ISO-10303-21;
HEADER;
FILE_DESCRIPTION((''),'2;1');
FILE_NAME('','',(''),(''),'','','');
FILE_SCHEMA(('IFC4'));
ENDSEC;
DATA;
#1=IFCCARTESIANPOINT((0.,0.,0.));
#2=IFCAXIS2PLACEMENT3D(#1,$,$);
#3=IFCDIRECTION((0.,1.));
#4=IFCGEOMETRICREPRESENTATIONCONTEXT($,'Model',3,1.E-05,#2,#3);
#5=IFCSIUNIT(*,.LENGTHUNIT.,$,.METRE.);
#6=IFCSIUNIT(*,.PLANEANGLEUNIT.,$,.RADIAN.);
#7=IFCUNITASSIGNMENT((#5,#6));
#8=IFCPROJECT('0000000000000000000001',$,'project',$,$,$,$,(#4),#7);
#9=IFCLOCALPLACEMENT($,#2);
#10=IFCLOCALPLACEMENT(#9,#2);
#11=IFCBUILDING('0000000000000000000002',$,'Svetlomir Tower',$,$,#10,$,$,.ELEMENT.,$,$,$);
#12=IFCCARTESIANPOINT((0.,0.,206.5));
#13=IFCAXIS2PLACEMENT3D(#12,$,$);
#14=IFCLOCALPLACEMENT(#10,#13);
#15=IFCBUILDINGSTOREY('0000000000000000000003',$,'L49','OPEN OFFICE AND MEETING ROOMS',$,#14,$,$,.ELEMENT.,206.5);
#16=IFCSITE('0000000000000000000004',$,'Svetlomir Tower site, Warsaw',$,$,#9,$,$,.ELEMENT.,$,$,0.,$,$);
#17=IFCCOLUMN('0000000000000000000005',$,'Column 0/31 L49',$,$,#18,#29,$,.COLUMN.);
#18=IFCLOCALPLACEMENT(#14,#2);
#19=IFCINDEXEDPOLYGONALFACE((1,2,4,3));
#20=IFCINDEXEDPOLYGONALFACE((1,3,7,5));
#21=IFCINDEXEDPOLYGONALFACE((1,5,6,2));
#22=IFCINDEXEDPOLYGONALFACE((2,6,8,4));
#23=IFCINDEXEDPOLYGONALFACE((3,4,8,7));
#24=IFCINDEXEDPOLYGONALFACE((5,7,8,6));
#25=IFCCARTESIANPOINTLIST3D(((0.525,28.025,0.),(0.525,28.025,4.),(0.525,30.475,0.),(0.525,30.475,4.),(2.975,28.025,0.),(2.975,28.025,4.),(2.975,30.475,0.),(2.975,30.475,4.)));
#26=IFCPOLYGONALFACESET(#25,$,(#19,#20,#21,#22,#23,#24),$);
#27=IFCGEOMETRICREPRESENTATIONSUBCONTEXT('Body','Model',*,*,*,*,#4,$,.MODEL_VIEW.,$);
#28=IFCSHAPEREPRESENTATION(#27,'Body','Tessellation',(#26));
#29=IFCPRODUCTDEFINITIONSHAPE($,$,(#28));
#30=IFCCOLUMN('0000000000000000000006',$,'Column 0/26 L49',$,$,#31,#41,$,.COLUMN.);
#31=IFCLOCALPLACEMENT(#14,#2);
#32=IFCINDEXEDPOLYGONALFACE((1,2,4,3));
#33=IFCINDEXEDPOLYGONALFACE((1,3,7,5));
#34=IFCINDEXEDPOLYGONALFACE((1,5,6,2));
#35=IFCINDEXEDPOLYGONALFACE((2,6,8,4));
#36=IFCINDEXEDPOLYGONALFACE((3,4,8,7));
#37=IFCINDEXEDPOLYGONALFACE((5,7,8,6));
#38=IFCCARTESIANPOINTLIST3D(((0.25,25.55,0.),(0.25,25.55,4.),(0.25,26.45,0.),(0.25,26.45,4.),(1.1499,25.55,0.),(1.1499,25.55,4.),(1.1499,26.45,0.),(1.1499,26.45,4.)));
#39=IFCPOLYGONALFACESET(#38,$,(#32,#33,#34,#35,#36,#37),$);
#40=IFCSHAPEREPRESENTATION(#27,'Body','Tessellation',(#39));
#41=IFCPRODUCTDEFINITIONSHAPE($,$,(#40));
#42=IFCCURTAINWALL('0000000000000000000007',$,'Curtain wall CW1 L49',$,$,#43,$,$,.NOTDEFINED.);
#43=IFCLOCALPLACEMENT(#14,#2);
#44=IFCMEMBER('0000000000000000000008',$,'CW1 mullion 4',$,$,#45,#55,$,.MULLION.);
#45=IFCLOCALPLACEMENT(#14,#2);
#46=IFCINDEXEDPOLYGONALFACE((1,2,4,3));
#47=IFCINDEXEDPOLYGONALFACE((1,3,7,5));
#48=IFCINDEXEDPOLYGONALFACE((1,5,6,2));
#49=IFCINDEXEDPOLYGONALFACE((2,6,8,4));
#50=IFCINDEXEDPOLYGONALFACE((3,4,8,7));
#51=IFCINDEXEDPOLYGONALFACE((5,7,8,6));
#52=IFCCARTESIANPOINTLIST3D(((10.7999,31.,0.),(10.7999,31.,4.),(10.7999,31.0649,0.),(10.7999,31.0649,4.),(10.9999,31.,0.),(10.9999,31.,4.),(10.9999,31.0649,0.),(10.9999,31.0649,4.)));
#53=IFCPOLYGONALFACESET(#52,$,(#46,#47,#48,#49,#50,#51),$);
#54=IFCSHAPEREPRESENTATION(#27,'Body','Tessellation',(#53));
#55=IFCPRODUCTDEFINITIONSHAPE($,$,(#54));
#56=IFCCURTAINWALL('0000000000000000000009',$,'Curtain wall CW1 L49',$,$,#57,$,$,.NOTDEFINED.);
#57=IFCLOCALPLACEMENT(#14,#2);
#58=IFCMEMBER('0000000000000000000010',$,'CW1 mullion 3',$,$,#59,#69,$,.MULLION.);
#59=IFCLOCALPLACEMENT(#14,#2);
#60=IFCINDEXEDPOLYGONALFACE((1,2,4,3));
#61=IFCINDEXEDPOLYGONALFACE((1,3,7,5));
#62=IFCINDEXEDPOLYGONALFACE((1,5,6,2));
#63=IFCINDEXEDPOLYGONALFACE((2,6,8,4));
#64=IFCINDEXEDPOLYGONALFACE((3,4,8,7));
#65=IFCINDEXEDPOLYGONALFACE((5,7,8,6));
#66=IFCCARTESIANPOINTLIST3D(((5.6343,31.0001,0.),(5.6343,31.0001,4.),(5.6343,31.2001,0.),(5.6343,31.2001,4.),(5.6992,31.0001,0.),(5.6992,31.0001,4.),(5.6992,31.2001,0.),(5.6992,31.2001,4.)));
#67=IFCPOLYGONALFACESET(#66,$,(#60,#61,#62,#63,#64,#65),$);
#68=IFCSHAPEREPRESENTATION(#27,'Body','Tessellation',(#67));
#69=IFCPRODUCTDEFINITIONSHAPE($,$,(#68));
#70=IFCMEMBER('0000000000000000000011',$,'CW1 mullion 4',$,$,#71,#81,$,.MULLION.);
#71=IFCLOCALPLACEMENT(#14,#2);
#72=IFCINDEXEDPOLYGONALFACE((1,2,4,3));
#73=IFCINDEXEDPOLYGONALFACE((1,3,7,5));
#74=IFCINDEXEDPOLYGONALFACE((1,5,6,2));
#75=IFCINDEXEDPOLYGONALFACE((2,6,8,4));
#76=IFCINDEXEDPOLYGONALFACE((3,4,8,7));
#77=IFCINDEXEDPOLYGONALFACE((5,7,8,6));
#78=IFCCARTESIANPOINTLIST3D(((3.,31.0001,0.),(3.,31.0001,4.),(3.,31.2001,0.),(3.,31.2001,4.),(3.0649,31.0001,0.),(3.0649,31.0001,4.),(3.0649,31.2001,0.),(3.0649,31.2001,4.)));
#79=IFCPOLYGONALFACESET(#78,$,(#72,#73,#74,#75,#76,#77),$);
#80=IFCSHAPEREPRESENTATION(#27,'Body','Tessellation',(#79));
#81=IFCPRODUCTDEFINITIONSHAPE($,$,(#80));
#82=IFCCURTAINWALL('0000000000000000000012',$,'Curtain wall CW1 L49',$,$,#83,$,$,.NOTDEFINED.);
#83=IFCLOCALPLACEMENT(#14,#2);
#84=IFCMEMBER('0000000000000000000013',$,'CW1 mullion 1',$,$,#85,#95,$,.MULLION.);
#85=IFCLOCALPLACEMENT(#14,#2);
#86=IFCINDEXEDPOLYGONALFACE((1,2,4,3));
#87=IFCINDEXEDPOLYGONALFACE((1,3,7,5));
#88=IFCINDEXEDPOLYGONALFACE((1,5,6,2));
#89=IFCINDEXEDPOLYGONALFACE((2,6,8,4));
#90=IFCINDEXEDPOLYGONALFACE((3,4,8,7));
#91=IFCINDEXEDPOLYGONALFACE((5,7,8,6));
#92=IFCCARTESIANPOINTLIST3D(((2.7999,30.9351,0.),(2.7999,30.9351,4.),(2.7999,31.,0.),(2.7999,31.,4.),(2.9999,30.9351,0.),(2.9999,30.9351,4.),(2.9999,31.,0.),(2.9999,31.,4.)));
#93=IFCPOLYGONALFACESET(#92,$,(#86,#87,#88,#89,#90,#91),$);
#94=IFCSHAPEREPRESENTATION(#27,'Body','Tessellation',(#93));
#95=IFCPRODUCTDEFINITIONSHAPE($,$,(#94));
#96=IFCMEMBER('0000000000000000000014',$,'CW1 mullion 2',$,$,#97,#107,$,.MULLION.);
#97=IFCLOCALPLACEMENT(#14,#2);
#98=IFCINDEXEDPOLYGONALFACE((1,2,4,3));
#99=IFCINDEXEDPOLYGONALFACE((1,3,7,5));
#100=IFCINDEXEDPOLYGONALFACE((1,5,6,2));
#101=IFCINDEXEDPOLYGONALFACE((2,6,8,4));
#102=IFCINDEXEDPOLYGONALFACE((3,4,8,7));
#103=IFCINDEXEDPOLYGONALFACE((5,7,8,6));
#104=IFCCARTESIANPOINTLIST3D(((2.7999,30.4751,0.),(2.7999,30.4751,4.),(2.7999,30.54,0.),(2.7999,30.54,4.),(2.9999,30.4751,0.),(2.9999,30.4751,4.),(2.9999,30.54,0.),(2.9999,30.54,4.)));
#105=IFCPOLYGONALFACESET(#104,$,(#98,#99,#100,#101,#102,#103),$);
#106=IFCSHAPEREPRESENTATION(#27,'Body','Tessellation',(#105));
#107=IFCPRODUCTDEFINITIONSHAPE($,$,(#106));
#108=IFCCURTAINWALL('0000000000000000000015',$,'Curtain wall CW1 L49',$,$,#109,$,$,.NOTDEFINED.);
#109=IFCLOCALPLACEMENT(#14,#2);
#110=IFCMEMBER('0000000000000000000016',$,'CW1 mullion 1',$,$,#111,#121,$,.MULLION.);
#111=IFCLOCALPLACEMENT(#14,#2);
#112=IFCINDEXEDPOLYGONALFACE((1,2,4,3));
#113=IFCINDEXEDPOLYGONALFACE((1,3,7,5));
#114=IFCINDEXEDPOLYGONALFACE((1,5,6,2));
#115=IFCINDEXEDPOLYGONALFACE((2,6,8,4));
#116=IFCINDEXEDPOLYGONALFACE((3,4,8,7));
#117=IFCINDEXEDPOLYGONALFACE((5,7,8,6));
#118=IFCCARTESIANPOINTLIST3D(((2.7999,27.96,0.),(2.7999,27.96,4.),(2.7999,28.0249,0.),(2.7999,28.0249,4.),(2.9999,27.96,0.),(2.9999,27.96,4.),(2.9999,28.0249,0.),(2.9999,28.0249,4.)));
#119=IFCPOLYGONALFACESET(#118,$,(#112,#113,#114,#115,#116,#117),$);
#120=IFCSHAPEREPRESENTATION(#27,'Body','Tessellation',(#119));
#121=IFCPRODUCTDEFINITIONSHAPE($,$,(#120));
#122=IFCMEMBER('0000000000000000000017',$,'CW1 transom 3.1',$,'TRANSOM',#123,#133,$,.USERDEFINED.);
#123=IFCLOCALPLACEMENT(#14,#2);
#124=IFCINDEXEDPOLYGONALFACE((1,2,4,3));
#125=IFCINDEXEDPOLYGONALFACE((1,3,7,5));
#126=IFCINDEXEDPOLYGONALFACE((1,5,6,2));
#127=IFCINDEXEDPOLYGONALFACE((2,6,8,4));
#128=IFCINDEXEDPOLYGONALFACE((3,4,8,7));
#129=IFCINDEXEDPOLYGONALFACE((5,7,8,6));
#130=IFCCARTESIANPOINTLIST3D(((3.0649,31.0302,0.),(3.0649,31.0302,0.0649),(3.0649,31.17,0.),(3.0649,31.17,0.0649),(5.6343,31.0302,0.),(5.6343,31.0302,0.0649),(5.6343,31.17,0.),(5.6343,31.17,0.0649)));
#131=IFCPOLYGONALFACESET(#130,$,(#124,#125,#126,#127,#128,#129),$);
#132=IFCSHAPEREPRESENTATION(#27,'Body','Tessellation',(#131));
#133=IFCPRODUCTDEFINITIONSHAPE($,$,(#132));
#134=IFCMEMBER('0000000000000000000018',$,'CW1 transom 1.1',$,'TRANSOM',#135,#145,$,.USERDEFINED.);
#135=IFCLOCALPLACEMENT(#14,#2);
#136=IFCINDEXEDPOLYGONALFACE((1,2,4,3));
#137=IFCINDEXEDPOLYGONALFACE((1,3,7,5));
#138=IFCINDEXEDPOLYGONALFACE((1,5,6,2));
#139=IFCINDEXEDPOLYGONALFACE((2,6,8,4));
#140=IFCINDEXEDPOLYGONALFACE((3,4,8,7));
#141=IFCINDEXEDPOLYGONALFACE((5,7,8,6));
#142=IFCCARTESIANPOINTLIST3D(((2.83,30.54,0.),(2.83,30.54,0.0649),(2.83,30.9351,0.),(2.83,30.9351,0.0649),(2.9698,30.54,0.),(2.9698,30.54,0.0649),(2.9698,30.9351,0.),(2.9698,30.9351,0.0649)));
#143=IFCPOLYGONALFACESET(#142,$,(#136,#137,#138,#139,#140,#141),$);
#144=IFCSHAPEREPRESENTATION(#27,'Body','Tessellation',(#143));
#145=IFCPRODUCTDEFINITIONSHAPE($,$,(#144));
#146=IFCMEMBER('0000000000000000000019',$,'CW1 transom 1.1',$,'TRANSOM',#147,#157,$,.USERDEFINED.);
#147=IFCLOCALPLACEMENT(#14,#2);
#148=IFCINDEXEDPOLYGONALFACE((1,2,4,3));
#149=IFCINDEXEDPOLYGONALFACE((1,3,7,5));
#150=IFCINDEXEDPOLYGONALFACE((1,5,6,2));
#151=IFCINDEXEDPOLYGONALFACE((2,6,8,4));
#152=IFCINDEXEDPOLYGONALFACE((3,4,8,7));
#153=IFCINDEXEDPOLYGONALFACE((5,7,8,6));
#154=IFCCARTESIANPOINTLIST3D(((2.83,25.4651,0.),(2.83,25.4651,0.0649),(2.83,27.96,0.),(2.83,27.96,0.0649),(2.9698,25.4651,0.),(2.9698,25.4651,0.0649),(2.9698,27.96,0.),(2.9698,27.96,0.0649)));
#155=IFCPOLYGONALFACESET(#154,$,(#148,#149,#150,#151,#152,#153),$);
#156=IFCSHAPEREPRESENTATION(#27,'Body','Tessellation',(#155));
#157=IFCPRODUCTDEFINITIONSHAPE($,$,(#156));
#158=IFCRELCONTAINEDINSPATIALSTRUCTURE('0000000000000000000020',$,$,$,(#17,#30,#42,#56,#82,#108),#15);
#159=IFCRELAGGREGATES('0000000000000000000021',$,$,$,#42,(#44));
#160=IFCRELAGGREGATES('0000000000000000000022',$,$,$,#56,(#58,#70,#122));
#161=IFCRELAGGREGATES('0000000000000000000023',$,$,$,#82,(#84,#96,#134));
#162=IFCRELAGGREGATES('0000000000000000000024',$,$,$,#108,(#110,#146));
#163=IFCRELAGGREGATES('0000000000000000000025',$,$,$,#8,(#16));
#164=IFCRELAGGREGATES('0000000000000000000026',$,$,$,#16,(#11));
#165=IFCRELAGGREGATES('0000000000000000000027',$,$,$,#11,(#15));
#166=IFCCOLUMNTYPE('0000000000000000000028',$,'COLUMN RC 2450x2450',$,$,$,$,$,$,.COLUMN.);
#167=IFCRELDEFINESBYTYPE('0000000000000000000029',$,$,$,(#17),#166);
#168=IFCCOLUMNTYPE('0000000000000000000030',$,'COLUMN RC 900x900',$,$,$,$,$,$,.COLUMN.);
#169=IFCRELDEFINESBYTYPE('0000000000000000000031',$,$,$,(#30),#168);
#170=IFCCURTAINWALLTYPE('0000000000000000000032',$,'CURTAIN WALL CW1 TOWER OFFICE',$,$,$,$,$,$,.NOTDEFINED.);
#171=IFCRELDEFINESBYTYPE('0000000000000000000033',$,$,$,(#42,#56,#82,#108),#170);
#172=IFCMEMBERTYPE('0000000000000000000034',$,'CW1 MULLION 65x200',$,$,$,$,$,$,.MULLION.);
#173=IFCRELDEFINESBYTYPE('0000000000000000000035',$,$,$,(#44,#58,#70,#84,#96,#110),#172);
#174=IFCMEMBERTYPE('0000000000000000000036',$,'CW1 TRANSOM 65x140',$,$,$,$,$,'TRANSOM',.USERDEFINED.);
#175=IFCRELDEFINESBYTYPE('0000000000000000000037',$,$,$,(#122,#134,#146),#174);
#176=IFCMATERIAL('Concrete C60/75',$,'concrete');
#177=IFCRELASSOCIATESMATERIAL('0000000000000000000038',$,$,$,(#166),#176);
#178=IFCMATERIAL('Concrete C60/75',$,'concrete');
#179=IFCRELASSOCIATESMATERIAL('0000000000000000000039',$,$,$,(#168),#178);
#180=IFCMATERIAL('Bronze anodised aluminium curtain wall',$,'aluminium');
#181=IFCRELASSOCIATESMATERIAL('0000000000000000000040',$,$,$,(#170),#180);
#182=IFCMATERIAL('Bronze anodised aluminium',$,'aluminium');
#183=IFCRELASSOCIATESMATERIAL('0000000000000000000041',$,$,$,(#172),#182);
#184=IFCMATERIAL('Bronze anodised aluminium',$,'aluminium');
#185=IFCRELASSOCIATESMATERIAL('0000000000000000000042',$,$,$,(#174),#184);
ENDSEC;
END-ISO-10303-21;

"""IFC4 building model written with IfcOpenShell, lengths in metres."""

from ifc_helpers import new_model, si_unit, direction, frame, origin, origin_2d, place, context, subcontext, project, spatial, rectangle, extrude, material, material_profile, profile_set, type_object, element, aggregate, save


model = new_model("IFC4")

# Units and contexts
model_context = context("Model", 3, precision=1e-05, world=origin(), true_north=direction((0.0, 1.0)))
body_context = subcontext(model_context, "Body", "Model", "MODEL_VIEW")
ifc_project = project(units=[si_unit("LENGTHUNIT", "METRE"), si_unit("PLANEANGLEUNIT", "RADIAN")], contexts=[model_context])

# Site, building, storey
site_placement = place(None, origin())
site = spatial("IfcSite", under=ifc_project, at=site_placement, Name="Svetlomir Tower site, Warsaw", CompositionType="ELEMENT", RefElevation=0.0)
building_placement = place(site_placement, origin())
building = spatial("IfcBuilding", under=site, at=building_placement, Name="Svetlomir Tower", CompositionType="ELEMENT")
storey_placement = place(building_placement, frame((0.0, 0.0, 206.5)))
storey = spatial("IfcBuildingStorey", under=building, at=storey_placement, Name="L49", Description="OPEN OFFICE AND MEETING ROOMS", CompositionType="ELEMENT", Elevation=206.5)

# Columns
ifc_material_1 = material(Name="Concrete C60/75", Category="concrete")
ifc_material_profile_1 = material_profile(ifc_material_1, rectangle(XDim=2.45, YDim=2.45, at=origin_2d()), Name="RC 2450x2450")
ifc_profile_set_1 = profile_set([ifc_material_profile_1], Name="Concrete C60/75")
column_type_1 = type_object("IfcColumnType", Name="COLUMN RC 2450x2450", PredefinedType="COLUMN", material=ifc_profile_set_1)
column_1_placement = place(storey_placement, frame((1.75, 29.25, 0.0), z_axis=(0.0, 0.0, 1.0), x_axis=(1.0, 0.0, 0.0)))
element("IfcColumn", 1, at=column_1_placement, inside=storey, type_object=column_type_1, Name="Column 0/31 L49", PredefinedType="COLUMN", context=body_context, shape_type="SweptSolid", body=[
    extrude(rectangle(XDim=2.45, YDim=2.45, at=origin_2d()), origin(), (0.0, 0.0, 1.0), 4.0),
])
ifc_material_2 = material(Name="Concrete C60/75", Category="concrete")
ifc_material_profile_2 = material_profile(ifc_material_2, rectangle(XDim=0.8999, YDim=0.8999, at=origin_2d()), Name="RC 900x900")
ifc_profile_set_2 = profile_set([ifc_material_profile_2], Name="Concrete C60/75")
column_type_2 = type_object("IfcColumnType", Name="COLUMN RC 900x900", PredefinedType="COLUMN", material=ifc_profile_set_2)
column_2_placement = place(storey_placement, frame((0.7, 26.0, 0.0), z_axis=(0.0, 0.0, 1.0), x_axis=(1.0, 0.0, 0.0)))
element("IfcColumn", 2, at=column_2_placement, inside=storey, type_object=column_type_2, Name="Column 0/26 L49", PredefinedType="COLUMN", context=body_context, shape_type="SweptSolid", body=[
    extrude(rectangle(XDim=0.8999, YDim=0.8999, at=origin_2d()), origin(), (0.0, 0.0, 1.0), 4.0),
])

# Curtain wall, member
ifc_material_3 = material(Name="Bronze anodised aluminium curtain wall", Category="aluminium")
curtain_wall_type = type_object("IfcCurtainWallType", Name="CURTAIN WALL CW1 TOWER OFFICE", PredefinedType="NOTDEFINED", material=ifc_material_3)
curtain_wall_1_placement = place(storey_placement, origin())
curtain_wall_1 = element("IfcCurtainWall", 3, at=curtain_wall_1_placement, inside=storey, type_object=curtain_wall_type, Name="Curtain wall CW1 L49", PredefinedType="NOTDEFINED")
ifc_material_4 = material(Name="Bronze anodised aluminium", Category="aluminium")
ifc_material_profile_3 = material_profile(ifc_material_4, rectangle(XDim=0.0649, YDim=0.2, at=origin_2d()), Name="AL 65x200")
ifc_profile_set_3 = profile_set([ifc_material_profile_3], Name="Bronze anodised aluminium 6063-T6")
member_type_1 = type_object("IfcMemberType", Name="CW1 MULLION 65x200", PredefinedType="MULLION", material=ifc_profile_set_3)
member_1_placement = place(storey_placement, frame((10.8999, 31.0325, 0.0), z_axis=(0.0, 0.0, 1.0), x_axis=(0.0, -1.0, 0.0)))
member_1 = element("IfcMember", 4, at=member_1_placement, type_object=member_type_1, Name="CW1 mullion 4", PredefinedType="MULLION", context=body_context, shape_type="SweptSolid", body=[
    extrude(rectangle(XDim=0.0649, YDim=0.2, at=origin_2d()), origin(), (0.0, 0.0, 1.0), 4.0),
])
aggregate(curtain_wall_1, [member_1])

# Curtain walls, members
curtain_wall_2_placement = place(storey_placement, origin())
curtain_wall_2 = element("IfcCurtainWall", 5, at=curtain_wall_2_placement, inside=storey, type_object=curtain_wall_type, Name="Curtain wall CW1 L49", PredefinedType="NOTDEFINED")
member_2_placement = place(storey_placement, frame((5.6667, 31.1001, 0.0), z_axis=(0.0, 0.0, 1.0), x_axis=(-1.0, 0.0, 0.0)))
member_2 = element("IfcMember", 6, at=member_2_placement, type_object=member_type_1, Name="CW1 mullion 3", PredefinedType="MULLION", context=body_context, shape_type="SweptSolid", body=[
    extrude(rectangle(XDim=0.0649, YDim=0.2, at=origin_2d()), origin(), (0.0, 0.0, 1.0), 4.0),
])
member_3_placement = place(storey_placement, frame((3.0325, 31.1001, 0.0), z_axis=(0.0, 0.0, 1.0), x_axis=(-1.0, 0.0, 0.0)))
member_3 = element("IfcMember", 7, at=member_3_placement, type_object=member_type_1, Name="CW1 mullion 4", PredefinedType="MULLION", context=body_context, shape_type="SweptSolid", body=[
    extrude(rectangle(XDim=0.0649, YDim=0.2, at=origin_2d()), origin(), (0.0, 0.0, 1.0), 4.0),
])
curtain_wall_3_placement = place(storey_placement, origin())
curtain_wall_3 = element("IfcCurtainWall", 8, at=curtain_wall_3_placement, inside=storey, type_object=curtain_wall_type, Name="Curtain wall CW1 L49", PredefinedType="NOTDEFINED")
member_4_placement = place(storey_placement, frame((2.8999, 30.9675, 0.0), z_axis=(0.0, 0.0, 1.0), x_axis=(0.0, -1.0, 0.0)))
member_4 = element("IfcMember", 9, at=member_4_placement, type_object=member_type_1, Name="CW1 mullion 1", PredefinedType="MULLION", context=body_context, shape_type="SweptSolid", body=[
    extrude(rectangle(XDim=0.0649, YDim=0.2, at=origin_2d()), origin(), (0.0, 0.0, 1.0), 4.0),
])
member_5_placement = place(storey_placement, frame((2.8999, 30.5076, 0.0), z_axis=(0.0, 0.0, 1.0), x_axis=(0.0, -1.0, 0.0)))
member_5 = element("IfcMember", 10, at=member_5_placement, type_object=member_type_1, Name="CW1 mullion 2", PredefinedType="MULLION", context=body_context, shape_type="SweptSolid", body=[
    extrude(rectangle(XDim=0.0649, YDim=0.2, at=origin_2d()), origin(), (0.0, 0.0, 1.0), 4.0),
])

# Curtain wall, member
curtain_wall_4_placement = place(storey_placement, origin())
curtain_wall_4 = element("IfcCurtainWall", 11, at=curtain_wall_4_placement, inside=storey, type_object=curtain_wall_type, Name="Curtain wall CW1 L49", PredefinedType="NOTDEFINED")
member_6_placement = place(storey_placement, frame((2.8999, 27.9924, 0.0), z_axis=(0.0, 0.0, 1.0), x_axis=(0.0, -1.0, 0.0)))
member_6 = element("IfcMember", 12, at=member_6_placement, type_object=member_type_1, Name="CW1 mullion 1", PredefinedType="MULLION", context=body_context, shape_type="SweptSolid", body=[
    extrude(rectangle(XDim=0.0649, YDim=0.2, at=origin_2d()), origin(), (0.0, 0.0, 1.0), 4.0),
])

# Members
ifc_material_5 = material(Name="Bronze anodised aluminium", Category="aluminium")
ifc_material_profile_4 = material_profile(ifc_material_5, rectangle(XDim=0.1399, YDim=0.0649, at=origin_2d()), Name="AL 140x65")
ifc_profile_set_4 = profile_set([ifc_material_profile_4], Name="Bronze anodised aluminium 6063-T6")
member_type_2 = type_object("IfcMemberType", Name="CW1 TRANSOM 65x140", ElementType="TRANSOM", PredefinedType="USERDEFINED", material=ifc_profile_set_4)
member_7_placement = place(storey_placement, frame((5.6343, 31.1001, 0.0325), z_axis=(-1.0, 0.0, 0.0), x_axis=(0.0, -1.0, 0.0)))
member_7 = element("IfcMember", 13, at=member_7_placement, type_object=member_type_2, Name="CW1 transom 3.1", ObjectType="TRANSOM", PredefinedType="USERDEFINED", context=body_context, shape_type="SweptSolid", body=[
    extrude(rectangle(XDim=0.1399, YDim=0.0649, at=origin_2d()), origin(), (0.0, 0.0, 1.0), 2.5693),
])
member_8_placement = place(storey_placement, frame((2.8999, 30.9351, 0.0325), z_axis=(0.0, -1.0, 0.0), x_axis=(1.0, 0.0, 0.0)))
member_8 = element("IfcMember", 14, at=member_8_placement, type_object=member_type_2, Name="CW1 transom 1.1", ObjectType="TRANSOM", PredefinedType="USERDEFINED", context=body_context, shape_type="SweptSolid", body=[
    extrude(rectangle(XDim=0.1399, YDim=0.0649, at=origin_2d()), origin(), (0.0, 0.0, 1.0), 0.395),
])
member_9_placement = place(storey_placement, frame((2.8999, 27.96, 0.0325), z_axis=(0.0, -1.0, 0.0), x_axis=(1.0, 0.0, 0.0)))
member_9 = element("IfcMember", 15, at=member_9_placement, type_object=member_type_2, Name="CW1 transom 1.1", ObjectType="TRANSOM", PredefinedType="USERDEFINED", context=body_context, shape_type="SweptSolid", body=[
    extrude(rectangle(XDim=0.1399, YDim=0.0649, at=origin_2d()), origin(), (0.0, 0.0, 1.0), 2.4949),
])

aggregate(curtain_wall_2, [member_2, member_3, member_7])
aggregate(curtain_wall_3, [member_4, member_5, member_8])
aggregate(curtain_wall_4, [member_6, member_9])

save(model, "model.ifc")
